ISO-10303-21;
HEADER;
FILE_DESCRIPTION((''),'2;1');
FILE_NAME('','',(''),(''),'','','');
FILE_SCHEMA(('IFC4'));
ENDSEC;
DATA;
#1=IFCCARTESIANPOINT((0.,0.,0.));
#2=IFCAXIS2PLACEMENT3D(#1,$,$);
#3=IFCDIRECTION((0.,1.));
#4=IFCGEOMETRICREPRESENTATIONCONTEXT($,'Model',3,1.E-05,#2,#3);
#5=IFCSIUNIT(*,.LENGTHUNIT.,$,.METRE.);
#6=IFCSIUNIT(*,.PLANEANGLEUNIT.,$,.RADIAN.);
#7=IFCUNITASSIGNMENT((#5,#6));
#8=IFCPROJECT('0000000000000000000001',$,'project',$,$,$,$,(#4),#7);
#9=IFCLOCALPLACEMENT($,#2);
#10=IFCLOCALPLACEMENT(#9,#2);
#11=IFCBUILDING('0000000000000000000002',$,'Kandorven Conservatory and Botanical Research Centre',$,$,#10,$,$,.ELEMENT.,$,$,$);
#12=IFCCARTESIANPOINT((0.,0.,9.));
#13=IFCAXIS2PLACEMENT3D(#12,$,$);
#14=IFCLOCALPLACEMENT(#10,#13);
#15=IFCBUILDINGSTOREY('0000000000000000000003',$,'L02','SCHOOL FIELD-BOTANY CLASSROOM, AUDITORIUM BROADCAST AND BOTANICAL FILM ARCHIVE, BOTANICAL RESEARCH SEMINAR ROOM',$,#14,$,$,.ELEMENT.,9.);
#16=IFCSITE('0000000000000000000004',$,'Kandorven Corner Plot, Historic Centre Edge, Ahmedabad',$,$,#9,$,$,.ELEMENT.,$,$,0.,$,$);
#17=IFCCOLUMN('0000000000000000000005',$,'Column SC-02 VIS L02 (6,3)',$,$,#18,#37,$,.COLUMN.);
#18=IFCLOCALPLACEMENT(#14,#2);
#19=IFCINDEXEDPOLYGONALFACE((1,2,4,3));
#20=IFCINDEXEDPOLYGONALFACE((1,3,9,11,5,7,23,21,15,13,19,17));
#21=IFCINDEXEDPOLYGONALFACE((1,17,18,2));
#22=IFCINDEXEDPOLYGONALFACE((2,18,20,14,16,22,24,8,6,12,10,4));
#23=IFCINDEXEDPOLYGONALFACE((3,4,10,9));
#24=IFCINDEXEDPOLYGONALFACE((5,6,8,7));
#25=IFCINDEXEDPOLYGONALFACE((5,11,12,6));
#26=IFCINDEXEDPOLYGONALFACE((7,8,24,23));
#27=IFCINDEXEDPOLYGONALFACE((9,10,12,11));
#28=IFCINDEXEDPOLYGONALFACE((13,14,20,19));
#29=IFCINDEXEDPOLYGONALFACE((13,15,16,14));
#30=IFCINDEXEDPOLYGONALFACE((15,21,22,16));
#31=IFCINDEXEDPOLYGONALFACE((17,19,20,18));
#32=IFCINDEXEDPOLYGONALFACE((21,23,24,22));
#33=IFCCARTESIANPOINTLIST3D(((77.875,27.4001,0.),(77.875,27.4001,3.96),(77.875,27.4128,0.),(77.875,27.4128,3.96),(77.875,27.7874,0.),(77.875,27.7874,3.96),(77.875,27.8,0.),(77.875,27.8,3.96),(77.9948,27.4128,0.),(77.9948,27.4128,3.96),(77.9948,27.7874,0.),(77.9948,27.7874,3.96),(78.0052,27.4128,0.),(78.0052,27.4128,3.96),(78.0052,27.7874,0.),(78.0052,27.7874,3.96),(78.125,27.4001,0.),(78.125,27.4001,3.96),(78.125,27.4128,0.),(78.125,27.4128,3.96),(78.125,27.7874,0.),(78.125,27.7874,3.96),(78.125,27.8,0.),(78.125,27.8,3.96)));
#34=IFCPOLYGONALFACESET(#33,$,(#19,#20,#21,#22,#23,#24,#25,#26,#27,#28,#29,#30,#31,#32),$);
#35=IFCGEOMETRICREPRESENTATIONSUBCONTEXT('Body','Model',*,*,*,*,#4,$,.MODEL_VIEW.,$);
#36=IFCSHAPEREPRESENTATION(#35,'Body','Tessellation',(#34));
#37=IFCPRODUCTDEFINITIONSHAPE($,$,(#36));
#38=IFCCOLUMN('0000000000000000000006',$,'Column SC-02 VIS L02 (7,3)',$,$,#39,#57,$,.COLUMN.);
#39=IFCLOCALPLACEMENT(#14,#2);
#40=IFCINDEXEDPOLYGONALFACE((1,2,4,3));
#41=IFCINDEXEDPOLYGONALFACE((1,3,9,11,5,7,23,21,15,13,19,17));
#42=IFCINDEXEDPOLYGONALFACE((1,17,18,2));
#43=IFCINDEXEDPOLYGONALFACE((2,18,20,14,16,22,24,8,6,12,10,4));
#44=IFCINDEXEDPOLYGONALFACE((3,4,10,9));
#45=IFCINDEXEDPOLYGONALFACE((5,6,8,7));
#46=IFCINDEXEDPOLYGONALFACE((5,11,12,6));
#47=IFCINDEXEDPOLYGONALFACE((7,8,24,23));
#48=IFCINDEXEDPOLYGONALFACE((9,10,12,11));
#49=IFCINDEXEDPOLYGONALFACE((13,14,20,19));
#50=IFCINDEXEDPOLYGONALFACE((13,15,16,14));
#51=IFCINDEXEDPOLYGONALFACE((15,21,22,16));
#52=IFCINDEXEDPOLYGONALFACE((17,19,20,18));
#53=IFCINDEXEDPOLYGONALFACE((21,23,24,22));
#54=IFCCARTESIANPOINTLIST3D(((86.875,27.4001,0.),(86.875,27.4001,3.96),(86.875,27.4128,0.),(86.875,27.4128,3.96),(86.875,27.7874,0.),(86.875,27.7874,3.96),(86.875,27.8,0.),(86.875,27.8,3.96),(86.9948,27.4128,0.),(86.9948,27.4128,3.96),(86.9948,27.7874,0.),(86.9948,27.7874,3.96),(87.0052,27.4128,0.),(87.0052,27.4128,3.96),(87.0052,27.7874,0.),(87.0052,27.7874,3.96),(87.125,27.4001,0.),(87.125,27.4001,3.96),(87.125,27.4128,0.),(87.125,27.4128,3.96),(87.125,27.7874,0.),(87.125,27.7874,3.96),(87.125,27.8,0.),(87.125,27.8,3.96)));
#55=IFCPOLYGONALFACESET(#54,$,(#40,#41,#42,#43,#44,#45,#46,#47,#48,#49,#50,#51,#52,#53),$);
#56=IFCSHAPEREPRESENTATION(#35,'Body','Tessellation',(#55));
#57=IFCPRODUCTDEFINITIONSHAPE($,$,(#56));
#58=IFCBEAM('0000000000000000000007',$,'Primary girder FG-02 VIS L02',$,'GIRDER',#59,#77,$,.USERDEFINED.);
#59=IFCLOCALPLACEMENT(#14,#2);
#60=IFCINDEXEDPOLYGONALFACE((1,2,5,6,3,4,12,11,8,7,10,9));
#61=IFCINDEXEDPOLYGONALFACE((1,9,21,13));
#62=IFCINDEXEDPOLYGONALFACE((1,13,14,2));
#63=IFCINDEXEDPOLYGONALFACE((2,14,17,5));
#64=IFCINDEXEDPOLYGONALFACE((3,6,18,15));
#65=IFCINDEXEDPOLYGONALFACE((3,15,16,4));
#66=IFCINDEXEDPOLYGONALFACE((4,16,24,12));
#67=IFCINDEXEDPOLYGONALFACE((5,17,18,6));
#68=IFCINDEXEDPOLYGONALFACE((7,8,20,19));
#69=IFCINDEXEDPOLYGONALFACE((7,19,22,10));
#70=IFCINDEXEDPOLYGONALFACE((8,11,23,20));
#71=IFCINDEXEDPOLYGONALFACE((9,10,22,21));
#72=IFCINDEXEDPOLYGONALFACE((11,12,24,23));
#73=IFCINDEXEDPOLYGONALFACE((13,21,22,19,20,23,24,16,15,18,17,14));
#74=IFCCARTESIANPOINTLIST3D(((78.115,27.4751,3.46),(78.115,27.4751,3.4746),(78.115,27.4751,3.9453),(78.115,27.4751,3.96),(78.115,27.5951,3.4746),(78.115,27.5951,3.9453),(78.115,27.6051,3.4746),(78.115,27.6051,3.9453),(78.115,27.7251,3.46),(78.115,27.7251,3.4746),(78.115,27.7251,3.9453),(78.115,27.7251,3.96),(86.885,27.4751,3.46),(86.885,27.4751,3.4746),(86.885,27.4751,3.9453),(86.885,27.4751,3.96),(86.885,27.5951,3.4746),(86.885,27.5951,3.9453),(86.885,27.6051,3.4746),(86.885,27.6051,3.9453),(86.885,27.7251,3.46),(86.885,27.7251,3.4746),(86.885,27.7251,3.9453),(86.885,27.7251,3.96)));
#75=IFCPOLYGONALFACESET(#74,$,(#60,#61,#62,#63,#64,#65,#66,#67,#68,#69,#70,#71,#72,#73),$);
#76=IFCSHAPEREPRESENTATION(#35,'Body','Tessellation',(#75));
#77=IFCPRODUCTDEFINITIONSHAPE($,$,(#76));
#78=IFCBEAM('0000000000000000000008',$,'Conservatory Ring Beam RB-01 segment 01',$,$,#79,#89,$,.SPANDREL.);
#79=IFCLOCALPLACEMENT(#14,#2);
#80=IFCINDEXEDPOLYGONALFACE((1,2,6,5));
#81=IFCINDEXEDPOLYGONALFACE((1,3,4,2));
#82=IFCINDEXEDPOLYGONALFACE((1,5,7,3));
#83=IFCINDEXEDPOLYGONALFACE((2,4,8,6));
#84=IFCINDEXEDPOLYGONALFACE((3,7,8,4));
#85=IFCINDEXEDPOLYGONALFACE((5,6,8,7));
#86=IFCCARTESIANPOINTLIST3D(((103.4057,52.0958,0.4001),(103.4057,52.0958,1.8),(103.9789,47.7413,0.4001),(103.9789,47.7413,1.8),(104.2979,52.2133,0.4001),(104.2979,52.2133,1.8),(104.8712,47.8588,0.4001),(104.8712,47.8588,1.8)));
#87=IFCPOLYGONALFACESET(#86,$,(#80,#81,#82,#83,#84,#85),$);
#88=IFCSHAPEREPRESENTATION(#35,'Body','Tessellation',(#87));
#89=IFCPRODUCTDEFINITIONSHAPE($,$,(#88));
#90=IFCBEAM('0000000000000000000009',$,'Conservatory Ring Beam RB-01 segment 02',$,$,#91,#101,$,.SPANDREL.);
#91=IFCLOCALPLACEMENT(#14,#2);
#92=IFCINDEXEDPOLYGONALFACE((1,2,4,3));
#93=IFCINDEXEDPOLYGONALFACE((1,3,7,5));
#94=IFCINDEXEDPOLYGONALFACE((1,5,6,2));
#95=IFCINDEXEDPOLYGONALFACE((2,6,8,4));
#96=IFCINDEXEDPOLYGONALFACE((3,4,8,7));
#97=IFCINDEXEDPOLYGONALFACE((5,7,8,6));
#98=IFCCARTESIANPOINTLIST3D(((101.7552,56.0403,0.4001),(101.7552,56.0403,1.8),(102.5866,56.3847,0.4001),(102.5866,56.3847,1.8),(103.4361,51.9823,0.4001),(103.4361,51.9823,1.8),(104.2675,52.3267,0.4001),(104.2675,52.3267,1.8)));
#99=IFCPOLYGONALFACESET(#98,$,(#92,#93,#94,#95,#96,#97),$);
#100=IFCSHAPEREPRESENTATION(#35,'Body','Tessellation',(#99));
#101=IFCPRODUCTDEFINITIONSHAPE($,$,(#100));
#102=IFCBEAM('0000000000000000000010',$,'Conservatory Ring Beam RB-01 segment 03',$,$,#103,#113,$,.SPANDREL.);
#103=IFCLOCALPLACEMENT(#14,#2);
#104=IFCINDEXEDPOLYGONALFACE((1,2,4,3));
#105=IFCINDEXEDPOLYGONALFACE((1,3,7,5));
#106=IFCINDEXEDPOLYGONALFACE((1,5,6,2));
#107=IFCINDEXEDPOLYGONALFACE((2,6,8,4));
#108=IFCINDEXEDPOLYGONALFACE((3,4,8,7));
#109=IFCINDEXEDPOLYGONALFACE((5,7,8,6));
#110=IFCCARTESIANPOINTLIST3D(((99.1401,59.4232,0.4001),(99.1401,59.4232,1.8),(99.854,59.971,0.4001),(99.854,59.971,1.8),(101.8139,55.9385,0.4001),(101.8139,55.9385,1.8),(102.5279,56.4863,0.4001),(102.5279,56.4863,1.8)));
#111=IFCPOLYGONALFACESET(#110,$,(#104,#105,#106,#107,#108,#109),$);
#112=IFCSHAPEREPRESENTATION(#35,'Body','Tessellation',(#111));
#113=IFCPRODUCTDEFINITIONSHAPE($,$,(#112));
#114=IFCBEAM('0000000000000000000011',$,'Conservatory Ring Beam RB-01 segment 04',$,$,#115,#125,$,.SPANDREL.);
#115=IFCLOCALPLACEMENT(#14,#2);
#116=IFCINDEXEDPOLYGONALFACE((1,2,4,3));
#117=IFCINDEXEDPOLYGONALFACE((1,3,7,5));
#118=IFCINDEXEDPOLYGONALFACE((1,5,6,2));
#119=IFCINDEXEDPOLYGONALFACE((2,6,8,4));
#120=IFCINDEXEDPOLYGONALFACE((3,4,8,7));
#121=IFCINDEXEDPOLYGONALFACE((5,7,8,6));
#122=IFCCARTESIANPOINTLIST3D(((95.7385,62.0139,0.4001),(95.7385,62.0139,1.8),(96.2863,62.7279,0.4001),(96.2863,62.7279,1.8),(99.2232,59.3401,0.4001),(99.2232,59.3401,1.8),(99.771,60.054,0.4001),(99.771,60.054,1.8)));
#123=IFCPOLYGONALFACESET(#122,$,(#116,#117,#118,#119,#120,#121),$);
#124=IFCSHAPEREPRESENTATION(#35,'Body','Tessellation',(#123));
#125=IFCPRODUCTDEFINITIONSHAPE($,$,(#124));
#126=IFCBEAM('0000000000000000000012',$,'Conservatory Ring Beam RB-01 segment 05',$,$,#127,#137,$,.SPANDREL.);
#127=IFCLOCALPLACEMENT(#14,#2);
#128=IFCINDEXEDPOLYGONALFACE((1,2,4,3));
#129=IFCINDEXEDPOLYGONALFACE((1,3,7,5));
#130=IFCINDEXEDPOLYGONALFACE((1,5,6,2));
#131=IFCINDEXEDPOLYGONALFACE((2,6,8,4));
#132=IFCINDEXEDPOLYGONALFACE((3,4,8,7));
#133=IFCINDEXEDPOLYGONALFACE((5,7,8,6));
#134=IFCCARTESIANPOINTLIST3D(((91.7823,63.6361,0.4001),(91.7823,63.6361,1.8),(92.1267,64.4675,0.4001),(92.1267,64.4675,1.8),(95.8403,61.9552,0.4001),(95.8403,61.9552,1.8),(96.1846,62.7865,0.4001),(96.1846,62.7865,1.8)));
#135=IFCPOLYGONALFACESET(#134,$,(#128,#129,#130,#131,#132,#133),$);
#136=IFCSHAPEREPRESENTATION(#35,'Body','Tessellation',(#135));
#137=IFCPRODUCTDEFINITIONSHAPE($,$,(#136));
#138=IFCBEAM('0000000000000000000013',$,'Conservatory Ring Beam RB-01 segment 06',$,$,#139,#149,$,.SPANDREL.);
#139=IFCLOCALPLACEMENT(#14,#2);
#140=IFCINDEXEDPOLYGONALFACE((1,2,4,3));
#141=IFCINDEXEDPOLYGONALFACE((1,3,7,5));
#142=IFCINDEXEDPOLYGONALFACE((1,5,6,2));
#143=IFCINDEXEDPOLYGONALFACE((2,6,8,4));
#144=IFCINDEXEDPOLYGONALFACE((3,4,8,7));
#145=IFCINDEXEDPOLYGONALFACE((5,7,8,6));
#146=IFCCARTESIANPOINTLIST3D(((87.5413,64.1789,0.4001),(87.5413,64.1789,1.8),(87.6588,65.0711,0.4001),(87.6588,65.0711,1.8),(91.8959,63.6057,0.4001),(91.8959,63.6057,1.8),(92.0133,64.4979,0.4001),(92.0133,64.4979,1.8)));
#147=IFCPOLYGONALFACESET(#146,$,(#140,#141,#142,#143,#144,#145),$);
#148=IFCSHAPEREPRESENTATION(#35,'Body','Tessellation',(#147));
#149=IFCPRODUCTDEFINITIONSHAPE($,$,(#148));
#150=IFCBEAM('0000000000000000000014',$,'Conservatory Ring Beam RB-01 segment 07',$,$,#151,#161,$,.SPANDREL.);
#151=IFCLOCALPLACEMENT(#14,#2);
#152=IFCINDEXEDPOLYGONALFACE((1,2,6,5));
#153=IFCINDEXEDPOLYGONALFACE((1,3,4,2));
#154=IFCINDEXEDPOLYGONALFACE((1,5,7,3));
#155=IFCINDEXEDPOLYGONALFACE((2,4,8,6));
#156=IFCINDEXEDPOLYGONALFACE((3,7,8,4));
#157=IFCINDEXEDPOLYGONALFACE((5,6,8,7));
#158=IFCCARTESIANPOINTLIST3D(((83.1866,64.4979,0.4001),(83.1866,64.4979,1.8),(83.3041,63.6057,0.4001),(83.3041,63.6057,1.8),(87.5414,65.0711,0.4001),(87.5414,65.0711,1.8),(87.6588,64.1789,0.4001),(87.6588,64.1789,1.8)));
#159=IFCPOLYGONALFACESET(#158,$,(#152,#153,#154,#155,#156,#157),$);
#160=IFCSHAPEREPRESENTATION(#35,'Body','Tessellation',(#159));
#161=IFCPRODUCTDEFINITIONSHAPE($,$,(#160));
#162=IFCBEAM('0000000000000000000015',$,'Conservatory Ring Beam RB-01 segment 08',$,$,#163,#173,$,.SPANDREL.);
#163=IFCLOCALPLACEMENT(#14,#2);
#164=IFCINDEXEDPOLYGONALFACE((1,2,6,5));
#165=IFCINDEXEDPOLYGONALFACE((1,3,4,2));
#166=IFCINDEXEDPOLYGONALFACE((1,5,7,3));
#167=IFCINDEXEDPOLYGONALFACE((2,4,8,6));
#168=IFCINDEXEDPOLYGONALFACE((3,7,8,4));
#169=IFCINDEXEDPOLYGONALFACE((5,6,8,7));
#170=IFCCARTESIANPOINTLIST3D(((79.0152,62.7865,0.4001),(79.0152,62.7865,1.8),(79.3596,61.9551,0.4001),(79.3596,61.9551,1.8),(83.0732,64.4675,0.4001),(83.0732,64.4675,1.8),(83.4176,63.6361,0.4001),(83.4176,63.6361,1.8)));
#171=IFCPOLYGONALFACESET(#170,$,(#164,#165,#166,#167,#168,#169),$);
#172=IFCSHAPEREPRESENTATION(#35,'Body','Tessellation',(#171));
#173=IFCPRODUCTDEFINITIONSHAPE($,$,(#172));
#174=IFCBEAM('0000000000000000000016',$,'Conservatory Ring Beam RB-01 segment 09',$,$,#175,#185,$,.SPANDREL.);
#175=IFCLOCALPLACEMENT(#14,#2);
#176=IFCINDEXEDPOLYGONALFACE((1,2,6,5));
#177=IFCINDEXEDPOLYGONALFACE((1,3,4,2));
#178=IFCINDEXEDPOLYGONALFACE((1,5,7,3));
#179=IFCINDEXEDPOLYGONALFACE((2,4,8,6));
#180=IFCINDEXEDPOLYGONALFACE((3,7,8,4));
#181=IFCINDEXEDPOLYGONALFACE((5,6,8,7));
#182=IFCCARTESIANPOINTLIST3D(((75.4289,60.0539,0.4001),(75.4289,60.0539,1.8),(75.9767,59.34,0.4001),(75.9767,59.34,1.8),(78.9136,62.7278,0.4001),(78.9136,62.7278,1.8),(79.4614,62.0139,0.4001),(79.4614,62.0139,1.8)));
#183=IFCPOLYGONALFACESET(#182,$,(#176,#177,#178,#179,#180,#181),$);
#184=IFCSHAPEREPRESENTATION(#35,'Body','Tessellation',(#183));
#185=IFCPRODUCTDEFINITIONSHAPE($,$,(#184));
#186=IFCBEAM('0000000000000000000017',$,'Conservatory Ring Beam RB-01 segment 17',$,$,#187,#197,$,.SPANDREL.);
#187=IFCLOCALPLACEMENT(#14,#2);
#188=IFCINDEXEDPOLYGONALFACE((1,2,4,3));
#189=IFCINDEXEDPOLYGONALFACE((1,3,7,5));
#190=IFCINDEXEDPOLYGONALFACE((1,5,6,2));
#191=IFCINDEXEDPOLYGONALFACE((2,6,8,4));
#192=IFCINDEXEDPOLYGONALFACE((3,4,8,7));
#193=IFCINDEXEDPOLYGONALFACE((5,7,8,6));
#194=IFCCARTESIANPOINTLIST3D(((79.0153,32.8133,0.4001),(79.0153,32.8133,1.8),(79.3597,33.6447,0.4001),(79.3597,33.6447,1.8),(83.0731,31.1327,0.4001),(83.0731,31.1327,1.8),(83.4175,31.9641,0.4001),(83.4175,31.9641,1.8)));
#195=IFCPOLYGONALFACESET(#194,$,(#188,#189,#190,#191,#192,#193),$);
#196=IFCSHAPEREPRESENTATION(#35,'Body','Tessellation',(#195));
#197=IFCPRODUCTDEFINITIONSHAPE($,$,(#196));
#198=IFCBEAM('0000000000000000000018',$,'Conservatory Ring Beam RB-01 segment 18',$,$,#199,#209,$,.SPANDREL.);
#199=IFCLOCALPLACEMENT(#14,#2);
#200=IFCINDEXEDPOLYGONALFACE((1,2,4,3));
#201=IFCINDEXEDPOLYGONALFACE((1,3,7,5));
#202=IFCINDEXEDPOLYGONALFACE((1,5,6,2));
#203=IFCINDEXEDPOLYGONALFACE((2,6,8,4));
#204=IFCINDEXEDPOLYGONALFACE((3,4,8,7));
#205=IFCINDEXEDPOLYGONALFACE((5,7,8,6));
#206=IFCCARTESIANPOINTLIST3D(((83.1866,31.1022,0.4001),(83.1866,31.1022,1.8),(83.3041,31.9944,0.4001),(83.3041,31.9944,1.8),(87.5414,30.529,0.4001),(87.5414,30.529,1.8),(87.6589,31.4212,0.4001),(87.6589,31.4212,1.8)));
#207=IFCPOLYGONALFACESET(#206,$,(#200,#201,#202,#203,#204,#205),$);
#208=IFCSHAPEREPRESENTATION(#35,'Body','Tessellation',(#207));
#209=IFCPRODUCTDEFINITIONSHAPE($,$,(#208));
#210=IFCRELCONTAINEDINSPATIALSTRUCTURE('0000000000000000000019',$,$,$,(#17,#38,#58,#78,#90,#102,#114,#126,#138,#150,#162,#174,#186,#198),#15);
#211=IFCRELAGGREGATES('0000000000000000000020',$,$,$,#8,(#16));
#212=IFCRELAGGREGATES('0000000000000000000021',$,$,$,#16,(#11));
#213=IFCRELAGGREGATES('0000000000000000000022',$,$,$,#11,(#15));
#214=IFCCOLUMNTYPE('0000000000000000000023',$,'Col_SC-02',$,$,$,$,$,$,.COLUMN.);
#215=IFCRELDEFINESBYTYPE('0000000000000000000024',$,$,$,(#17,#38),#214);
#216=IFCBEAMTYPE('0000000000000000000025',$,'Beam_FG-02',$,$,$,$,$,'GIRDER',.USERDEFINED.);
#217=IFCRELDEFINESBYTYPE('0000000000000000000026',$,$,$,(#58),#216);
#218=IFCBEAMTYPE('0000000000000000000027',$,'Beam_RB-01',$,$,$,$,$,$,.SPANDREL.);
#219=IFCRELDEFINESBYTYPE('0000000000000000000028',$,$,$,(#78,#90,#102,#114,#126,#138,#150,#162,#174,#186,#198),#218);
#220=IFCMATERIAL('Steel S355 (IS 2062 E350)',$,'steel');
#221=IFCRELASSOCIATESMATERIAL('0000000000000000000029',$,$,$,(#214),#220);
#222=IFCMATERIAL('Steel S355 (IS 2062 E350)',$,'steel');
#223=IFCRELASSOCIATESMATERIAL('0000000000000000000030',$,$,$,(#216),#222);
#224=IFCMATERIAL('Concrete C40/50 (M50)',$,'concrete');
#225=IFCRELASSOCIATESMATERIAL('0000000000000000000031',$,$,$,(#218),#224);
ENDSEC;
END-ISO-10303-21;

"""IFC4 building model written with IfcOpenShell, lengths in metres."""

from ifc_helpers import new_model, si_unit, direction, frame, origin, origin_2d, place, context, subcontext, project, spatial, rectangle, i_section, extrude, material, material_profile, profile_set, type_object, element, save


model = new_model("IFC4")

# Units and contexts
model_context = context("Model", 3, precision=1e-05, world=origin(), true_north=direction((0.0, 1.0)))
body_context = subcontext(model_context, "Body", "Model", "MODEL_VIEW")
ifc_project = project(units=[si_unit("LENGTHUNIT", "METRE"), si_unit("PLANEANGLEUNIT", "RADIAN")], contexts=[model_context])

# Site, building, storey
site_placement = place(None, origin())
site = spatial("IfcSite", under=ifc_project, at=site_placement, Name="Kandorven Corner Plot, Historic Centre Edge, Ahmedabad", CompositionType="ELEMENT", RefElevation=0.0)
building_placement = place(site_placement, origin())
building = spatial("IfcBuilding", under=site, at=building_placement, Name="Kandorven Conservatory and Botanical Research Centre", CompositionType="ELEMENT")
storey_placement = place(building_placement, frame((0.0, 0.0, 9.0)))
storey = spatial("IfcBuildingStorey", under=building, at=storey_placement, Name="L02", Description="SCHOOL FIELD-BOTANY CLASSROOM, AUDITORIUM BROADCAST AND BOTANICAL FILM ARCHIVE, BOTANICAL RESEARCH SEMINAR ROOM", CompositionType="ELEMENT", Elevation=9.0)

# Columns
ifc_material_1 = material(Name="Steel S355 (IS 2062 E350)", Category="steel")
ifc_material_profile_1 = material_profile(ifc_material_1, i_section(OverallWidth=0.25, OverallDepth=0.3999, WebThickness=0.0105, FlangeThickness=0.0127, at=origin_2d()))
ifc_profile_set_1 = profile_set([ifc_material_profile_1], Name="Steel S355 (IS 2062 E350)")
column_type = type_object("IfcColumnType", Name="Col_SC-02", PredefinedType="COLUMN", material=ifc_profile_set_1)
for number, where, z_axis, x_axis, name in (
    (1, (78.0, 27.6001, 0.0), (0.0, 0.0, 1.0), (1.0, 0.0, 0.0), "Column SC-02 VIS L02 (6,3)"),
    (2, (87.0, 27.6001, 0.0), (0.0, 0.0, 1.0), (1.0, 0.0, 0.0), "Column SC-02 VIS L02 (7,3)"),
):
    element("IfcColumn", number, at=place(storey_placement, frame(where, z_axis=z_axis, x_axis=x_axis)), inside=storey, type_object=column_type, Name=name, PredefinedType="COLUMN", context=body_context, shape_type="SweptSolid", body=[
        extrude(i_section(OverallWidth=0.25, OverallDepth=0.3999, WebThickness=0.0105, FlangeThickness=0.0127, at=origin_2d()), origin(), (0.0, 0.0, 1.0), 3.96),
    ])

# Beams
ifc_material_2 = material(Name="Steel S355 (IS 2062 E350)", Category="steel")
ifc_material_profile_2 = material_profile(ifc_material_2, i_section(OverallWidth=0.25, OverallDepth=0.5, WebThickness=0.01, FlangeThickness=0.0146, at=origin_2d()))
ifc_profile_set_2 = profile_set([ifc_material_profile_2], Name="Steel S355 (IS 2062 E350)")
beam_type_1 = type_object("IfcBeamType", Name="Beam_FG-02", ElementType="GIRDER", PredefinedType="USERDEFINED", material=ifc_profile_set_2)
beam_1_placement = place(storey_placement, frame((78.115, 27.6001, 3.71), z_axis=(1.0, 0.0, 0.0), x_axis=(0.0, 1.0, 0.0)))
element("IfcBeam", 3, at=beam_1_placement, inside=storey, type_object=beam_type_1, Name="Primary girder FG-02 VIS L02", ObjectType="GIRDER", PredefinedType="USERDEFINED", context=body_context, shape_type="SweptSolid", body=[
    extrude(i_section(OverallWidth=0.25, OverallDepth=0.5, WebThickness=0.01, FlangeThickness=0.0146, at=origin_2d()), origin(), (0.0, 0.0, 1.0), 8.77),
])
ifc_material_3 = material(Name="Concrete C40/50 (M50)", Category="concrete")
ifc_material_profile_3 = material_profile(ifc_material_3, rectangle(XDim=0.8999, YDim=1.3999, at=origin_2d()))
ifc_profile_set_3 = profile_set([ifc_material_profile_3], Name="Concrete C40/50 (M50)")
beam_type_2 = type_object("IfcBeamType", Name="Beam_RB-01", PredefinedType="SPANDREL", material=ifc_profile_set_3)
beam_2_placement = place(storey_placement, frame((104.425, 47.8, 1.1001), z_axis=(-0.130518, 0.991446, 0.0), x_axis=(-0.991446, -0.130518, 0.0)))
element("IfcBeam", 4, at=beam_2_placement, inside=storey, type_object=beam_type_2, Name="Conservatory Ring Beam RB-01 segment 01", PredefinedType="SPANDREL", context=body_context, shape_type="SweptSolid", body=[
    extrude(rectangle(XDim=0.8999, YDim=1.3999, at=origin_2d()), origin(), (0.0, 0.0, 1.0), 4.3921),
])
for number, where, z_axis, x_axis, name in (
    (5, (103.8518, 52.1545, 1.1001), (-0.3827, 0.923873, 0.0), (-0.923873, -0.3827, 0.0), "Conservatory Ring Beam RB-01 segment 02"),
    (6, (102.1709, 56.2124, 1.1001), (-0.608759, 0.793355, 0.0), (-0.793355, -0.608759, 0.0), "Conservatory Ring Beam RB-01 segment 03"),
    (7, (99.4971, 59.697, 1.1001), (-0.793355, 0.608759, 0.0), (-0.608759, -0.793355, 0.0), "Conservatory Ring Beam RB-01 segment 04"),
    (8, (96.0125, 62.3708, 1.1001), (-0.923873, 0.3827, 0.0), (-0.3827, -0.923873, 0.0), "Conservatory Ring Beam RB-01 segment 05"),
):
    element("IfcBeam", number, at=place(storey_placement, frame(where, z_axis=z_axis, x_axis=x_axis)), inside=storey, type_object=beam_type_2, Name=name, PredefinedType="SPANDREL", context=body_context, shape_type="SweptSolid", body=[
        extrude(rectangle(XDim=0.8999, YDim=1.3999, at=origin_2d()), origin(), (0.0, 0.0, 1.0), 4.3923),
    ])
beam_3_placement = place(storey_placement, frame((91.9546, 64.0518, 1.1001), z_axis=(-0.991446, 0.130518, 0.0), x_axis=(-0.130518, -0.991446, 0.0)))
element("IfcBeam", 9, at=beam_3_placement, inside=storey, type_object=beam_type_2, Name="Conservatory Ring Beam RB-01 segment 06", PredefinedType="SPANDREL", context=body_context, shape_type="SweptSolid", body=[
    extrude(rectangle(XDim=0.8999, YDim=1.3999, at=origin_2d()), origin(), (0.0, 0.0, 1.0), 4.3921),
])
for number, where, z_axis, x_axis, name in (
    (10, (87.6001, 64.625, 1.1001), (-0.991447, -0.130511, 0.0), (0.130511, -0.991447, 0.0), "Conservatory Ring Beam RB-01 segment 07"),
    (11, (83.2454, 64.0518, 1.1001), (-0.923873, -0.3827, 0.0), (0.3827, -0.923873, 0.0), "Conservatory Ring Beam RB-01 segment 08"),
    (12, (79.1875, 62.3708, 1.1001), (-0.793355, -0.608759, 0.0), (0.608759, -0.793355, 0.0), "Conservatory Ring Beam RB-01 segment 09"),
):
    element("IfcBeam", number, at=place(storey_placement, frame(where, z_axis=z_axis, x_axis=x_axis)), inside=storey, type_object=beam_type_2, Name=name, PredefinedType="SPANDREL", context=body_context, shape_type="SweptSolid", body=[
        extrude(rectangle(XDim=0.8999, YDim=1.3999, at=origin_2d()), origin(), (0.0, 0.0, 1.0), 4.3923),
    ])
beam_4_placement = place(storey_placement, frame((79.1875, 33.229, 1.1001), z_axis=(0.923892, -0.382653, 0.0), x_axis=(0.382653, 0.923892, 0.0)))
element("IfcBeam", 13, at=beam_4_placement, inside=storey, type_object=beam_type_2, Name="Conservatory Ring Beam RB-01 segment 17", PredefinedType="SPANDREL", context=body_context, shape_type="SweptSolid", body=[
    extrude(rectangle(XDim=0.8999, YDim=1.3999, at=origin_2d()), origin(), (0.0, 0.0, 1.0), 4.3921),
])
beam_5_placement = place(storey_placement, frame((83.2454, 31.5483, 1.1001), z_axis=(0.991447, -0.130511, 0.0), x_axis=(0.130511, 0.991447, 0.0)))
element("IfcBeam", 14, at=beam_5_placement, inside=storey, type_object=beam_type_2, Name="Conservatory Ring Beam RB-01 segment 18", PredefinedType="SPANDREL", context=body_context, shape_type="SweptSolid", body=[
    extrude(rectangle(XDim=0.8999, YDim=1.3999, at=origin_2d()), origin(), (0.0, 0.0, 1.0), 4.3923),
])

save(model, "model.ifc")
